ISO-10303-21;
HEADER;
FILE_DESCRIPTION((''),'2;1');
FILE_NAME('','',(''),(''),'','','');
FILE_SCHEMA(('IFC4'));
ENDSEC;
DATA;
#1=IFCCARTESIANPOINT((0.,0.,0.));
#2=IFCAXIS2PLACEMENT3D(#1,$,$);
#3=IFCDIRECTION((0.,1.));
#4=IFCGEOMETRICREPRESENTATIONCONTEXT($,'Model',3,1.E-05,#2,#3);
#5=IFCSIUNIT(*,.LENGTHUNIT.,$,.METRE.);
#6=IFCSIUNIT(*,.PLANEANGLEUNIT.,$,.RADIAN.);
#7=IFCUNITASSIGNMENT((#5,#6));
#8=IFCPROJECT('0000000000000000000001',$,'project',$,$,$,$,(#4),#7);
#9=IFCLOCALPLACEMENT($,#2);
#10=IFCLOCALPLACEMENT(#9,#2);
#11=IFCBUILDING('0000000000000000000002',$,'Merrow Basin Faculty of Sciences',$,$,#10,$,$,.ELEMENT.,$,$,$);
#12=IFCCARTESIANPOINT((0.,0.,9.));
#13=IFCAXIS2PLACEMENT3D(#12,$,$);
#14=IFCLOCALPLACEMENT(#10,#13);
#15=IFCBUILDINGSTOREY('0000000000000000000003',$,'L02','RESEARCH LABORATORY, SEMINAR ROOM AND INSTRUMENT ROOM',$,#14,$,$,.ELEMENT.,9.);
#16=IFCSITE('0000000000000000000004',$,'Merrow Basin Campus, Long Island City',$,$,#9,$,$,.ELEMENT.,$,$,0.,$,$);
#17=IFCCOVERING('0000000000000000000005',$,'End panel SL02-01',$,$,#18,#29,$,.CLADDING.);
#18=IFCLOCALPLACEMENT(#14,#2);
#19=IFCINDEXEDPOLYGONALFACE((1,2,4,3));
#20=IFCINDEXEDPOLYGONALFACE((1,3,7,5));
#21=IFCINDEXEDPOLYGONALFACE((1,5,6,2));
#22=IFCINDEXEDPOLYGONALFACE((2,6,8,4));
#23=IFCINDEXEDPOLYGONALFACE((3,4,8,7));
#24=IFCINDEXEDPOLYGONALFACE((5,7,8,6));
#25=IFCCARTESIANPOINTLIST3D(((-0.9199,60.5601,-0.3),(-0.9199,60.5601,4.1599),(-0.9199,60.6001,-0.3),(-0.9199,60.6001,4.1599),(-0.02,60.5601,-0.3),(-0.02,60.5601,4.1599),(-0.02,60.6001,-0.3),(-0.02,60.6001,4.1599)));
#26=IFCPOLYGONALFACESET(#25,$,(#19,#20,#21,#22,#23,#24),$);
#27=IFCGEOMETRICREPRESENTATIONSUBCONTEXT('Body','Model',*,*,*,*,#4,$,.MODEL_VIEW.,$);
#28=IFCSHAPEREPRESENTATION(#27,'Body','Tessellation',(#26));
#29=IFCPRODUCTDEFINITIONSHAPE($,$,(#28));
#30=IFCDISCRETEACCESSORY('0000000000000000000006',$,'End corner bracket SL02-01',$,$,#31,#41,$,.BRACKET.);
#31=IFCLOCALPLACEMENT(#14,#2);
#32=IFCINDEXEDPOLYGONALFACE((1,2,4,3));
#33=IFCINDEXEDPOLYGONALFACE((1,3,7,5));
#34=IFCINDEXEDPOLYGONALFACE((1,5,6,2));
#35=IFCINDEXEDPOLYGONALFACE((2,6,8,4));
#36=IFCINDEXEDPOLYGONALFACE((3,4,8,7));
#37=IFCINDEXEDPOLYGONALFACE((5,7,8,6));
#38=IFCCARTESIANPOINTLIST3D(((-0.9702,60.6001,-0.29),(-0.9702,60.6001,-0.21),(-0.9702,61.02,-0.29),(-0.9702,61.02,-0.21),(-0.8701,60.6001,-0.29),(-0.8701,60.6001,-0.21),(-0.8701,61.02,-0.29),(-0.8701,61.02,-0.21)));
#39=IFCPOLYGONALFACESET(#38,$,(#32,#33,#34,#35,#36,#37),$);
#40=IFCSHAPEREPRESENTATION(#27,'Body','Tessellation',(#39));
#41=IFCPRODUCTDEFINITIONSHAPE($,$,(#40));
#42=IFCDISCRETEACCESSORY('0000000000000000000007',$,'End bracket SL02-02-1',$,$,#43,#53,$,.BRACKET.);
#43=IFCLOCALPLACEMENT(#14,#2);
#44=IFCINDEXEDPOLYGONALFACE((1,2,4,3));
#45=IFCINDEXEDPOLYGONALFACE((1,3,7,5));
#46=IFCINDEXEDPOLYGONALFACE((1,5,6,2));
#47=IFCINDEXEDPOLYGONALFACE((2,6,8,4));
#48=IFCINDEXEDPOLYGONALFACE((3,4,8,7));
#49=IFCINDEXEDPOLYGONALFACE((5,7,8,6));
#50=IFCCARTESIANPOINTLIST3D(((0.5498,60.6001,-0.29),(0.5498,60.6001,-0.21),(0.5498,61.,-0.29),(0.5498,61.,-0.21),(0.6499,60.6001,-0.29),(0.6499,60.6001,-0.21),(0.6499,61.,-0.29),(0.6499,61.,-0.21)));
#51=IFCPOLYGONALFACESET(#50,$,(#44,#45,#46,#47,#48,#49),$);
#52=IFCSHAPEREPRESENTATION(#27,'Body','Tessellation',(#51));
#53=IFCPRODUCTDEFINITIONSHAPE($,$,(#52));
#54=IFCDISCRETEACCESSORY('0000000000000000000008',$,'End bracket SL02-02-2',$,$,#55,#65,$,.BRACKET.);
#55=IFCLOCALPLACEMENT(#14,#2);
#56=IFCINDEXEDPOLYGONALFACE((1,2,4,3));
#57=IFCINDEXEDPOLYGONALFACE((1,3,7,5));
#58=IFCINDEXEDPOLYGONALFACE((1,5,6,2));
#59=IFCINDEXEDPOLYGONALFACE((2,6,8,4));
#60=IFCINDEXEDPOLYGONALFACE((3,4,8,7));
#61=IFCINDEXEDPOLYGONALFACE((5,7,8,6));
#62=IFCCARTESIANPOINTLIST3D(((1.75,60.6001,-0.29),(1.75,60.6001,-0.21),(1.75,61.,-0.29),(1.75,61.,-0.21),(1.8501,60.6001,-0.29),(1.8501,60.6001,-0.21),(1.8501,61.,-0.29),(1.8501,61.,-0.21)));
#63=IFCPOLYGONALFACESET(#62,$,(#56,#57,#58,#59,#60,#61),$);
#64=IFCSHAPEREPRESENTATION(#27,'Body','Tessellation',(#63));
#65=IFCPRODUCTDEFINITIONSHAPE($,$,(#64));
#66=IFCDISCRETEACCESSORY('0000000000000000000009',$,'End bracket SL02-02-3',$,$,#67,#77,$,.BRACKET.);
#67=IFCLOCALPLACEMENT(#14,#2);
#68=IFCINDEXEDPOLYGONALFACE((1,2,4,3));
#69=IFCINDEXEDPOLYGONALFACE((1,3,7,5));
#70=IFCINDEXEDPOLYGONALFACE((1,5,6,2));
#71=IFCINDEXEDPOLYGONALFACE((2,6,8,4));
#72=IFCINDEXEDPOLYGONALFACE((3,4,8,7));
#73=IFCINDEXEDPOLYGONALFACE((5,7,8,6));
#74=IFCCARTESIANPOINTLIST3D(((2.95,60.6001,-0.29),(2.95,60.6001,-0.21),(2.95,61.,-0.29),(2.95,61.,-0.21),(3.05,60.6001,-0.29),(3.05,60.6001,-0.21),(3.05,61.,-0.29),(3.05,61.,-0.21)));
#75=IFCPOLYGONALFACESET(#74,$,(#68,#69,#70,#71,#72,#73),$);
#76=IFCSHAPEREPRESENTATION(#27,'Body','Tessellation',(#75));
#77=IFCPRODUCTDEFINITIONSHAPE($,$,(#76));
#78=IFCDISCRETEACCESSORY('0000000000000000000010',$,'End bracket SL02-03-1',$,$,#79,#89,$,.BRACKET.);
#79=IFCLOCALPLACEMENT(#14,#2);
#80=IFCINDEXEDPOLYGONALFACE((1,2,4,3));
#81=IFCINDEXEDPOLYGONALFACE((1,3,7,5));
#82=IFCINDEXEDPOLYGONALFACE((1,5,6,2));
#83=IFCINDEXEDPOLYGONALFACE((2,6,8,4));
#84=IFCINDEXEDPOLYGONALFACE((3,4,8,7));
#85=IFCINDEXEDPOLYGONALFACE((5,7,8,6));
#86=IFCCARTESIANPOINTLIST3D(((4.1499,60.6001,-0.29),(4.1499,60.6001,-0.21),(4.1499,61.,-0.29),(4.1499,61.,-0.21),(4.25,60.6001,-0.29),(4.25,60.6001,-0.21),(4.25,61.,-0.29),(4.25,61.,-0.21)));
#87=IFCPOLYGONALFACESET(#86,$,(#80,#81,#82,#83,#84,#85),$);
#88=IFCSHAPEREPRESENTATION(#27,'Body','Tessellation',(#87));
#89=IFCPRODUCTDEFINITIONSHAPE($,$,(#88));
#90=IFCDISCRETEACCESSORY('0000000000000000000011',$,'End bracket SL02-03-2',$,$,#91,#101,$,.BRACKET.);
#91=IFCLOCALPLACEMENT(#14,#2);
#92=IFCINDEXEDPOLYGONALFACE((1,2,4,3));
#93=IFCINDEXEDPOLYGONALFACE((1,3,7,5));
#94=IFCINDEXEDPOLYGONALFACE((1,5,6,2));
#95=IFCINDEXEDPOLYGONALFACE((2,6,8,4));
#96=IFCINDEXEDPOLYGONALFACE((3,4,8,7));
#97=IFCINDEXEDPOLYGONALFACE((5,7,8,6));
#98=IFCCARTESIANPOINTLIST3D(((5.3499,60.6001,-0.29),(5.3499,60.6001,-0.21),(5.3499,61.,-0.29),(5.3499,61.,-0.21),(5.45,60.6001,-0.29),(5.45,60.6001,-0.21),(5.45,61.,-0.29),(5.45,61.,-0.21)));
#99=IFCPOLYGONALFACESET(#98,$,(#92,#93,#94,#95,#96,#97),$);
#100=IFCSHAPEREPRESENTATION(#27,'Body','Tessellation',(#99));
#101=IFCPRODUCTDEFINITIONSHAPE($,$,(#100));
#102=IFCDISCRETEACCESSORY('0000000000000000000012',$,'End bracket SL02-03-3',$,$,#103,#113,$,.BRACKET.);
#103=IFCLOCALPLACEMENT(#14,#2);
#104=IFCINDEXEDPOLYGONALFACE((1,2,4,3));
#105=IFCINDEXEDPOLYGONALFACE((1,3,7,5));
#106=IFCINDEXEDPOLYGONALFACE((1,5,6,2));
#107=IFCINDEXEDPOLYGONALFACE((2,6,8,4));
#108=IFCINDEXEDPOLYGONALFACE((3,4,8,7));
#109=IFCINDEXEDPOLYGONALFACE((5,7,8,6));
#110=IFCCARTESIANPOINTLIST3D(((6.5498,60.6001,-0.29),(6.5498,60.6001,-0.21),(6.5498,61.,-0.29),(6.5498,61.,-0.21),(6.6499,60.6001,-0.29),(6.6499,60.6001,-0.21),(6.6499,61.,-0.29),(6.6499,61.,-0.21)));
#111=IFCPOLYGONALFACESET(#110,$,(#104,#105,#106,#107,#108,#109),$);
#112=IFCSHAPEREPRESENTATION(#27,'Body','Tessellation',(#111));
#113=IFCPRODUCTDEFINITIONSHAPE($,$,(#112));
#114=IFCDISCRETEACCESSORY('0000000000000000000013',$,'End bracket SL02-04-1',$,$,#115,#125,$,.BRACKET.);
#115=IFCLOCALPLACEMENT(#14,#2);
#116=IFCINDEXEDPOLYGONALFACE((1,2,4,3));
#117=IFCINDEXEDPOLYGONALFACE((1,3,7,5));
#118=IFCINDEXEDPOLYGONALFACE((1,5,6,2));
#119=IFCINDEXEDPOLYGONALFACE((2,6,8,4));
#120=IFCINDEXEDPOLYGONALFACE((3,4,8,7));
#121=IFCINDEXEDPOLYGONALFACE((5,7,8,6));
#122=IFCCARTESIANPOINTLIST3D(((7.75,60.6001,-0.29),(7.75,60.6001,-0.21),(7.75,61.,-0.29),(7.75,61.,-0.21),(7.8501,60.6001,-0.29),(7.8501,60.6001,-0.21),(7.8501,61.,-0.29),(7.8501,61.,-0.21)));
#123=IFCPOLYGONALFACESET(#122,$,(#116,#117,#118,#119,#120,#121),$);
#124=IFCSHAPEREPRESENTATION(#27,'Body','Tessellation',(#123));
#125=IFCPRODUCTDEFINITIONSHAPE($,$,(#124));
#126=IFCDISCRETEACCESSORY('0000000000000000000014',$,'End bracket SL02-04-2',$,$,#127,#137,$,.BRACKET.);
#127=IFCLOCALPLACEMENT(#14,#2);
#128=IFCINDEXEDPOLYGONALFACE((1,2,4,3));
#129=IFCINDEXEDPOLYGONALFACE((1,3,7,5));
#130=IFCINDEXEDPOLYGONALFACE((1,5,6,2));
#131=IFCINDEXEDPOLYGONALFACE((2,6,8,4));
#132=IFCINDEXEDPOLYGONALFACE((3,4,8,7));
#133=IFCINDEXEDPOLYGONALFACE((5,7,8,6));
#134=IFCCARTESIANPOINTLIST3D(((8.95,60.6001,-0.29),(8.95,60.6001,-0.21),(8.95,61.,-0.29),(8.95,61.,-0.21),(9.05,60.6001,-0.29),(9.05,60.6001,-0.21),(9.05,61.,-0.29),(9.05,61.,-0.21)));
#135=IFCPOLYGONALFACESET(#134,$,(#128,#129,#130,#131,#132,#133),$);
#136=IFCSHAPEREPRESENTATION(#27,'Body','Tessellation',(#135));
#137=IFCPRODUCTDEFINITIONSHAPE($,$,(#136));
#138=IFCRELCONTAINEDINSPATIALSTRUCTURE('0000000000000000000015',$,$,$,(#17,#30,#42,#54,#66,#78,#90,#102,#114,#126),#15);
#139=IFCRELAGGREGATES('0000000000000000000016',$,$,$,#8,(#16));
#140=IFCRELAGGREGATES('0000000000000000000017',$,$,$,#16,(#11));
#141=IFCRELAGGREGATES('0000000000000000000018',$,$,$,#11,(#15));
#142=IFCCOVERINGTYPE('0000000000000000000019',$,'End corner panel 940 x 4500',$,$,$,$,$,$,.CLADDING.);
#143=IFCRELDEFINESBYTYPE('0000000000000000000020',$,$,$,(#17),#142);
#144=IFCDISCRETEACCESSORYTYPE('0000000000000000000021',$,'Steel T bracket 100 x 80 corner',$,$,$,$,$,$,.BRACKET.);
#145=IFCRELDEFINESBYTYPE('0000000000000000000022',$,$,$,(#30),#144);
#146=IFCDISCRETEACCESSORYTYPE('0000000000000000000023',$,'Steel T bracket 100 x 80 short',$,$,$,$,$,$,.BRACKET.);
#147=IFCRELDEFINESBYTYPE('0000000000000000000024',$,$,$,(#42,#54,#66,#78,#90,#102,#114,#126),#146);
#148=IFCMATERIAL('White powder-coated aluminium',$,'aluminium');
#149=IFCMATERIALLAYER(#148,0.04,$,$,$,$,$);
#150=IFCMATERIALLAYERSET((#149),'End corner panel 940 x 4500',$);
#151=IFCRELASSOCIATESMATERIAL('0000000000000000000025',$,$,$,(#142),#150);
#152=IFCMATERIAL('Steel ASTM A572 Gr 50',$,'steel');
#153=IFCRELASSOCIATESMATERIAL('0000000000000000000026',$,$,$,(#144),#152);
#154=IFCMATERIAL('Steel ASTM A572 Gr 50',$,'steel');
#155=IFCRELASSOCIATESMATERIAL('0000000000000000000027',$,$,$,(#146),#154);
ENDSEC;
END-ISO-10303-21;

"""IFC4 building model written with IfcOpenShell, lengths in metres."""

from ifc_helpers import new_model, si_unit, direction, frame, origin, place, context, subcontext, project, spatial, polyline, outline, extrude, source, transform, mapped, material, layer, layer_set, type_object, element, save


model = new_model("IFC4")

# Units and contexts
model_context = context("Model", 3, precision=1e-05, world=origin(), true_north=direction((0.0, 1.0)))
body_context = subcontext(model_context, "Body", "Model", "MODEL_VIEW")
ifc_project = project(units=[si_unit("LENGTHUNIT", "METRE"), si_unit("PLANEANGLEUNIT", "RADIAN")], contexts=[model_context])

# Site, building, storey
site_placement = place(None, origin())
site = spatial("IfcSite", under=ifc_project, at=site_placement, Name="Merrow Basin Campus, Long Island City", CompositionType="ELEMENT", RefElevation=0.0)
building_placement = place(site_placement, origin())
building = spatial("IfcBuilding", under=site, at=building_placement, Name="Merrow Basin Faculty of Sciences", CompositionType="ELEMENT")
storey_placement = place(building_placement, frame((0.0, 0.0, 9.0)))
storey = spatial("IfcBuildingStorey", under=building, at=storey_placement, Name="L02", Description="RESEARCH LABORATORY, SEMINAR ROOM AND INSTRUMENT ROOM", CompositionType="ELEMENT", Elevation=9.0)

# Covering
ifc_material_1 = material(Name="White powder-coated aluminium", Category="aluminium")
ifc_layer_1 = layer(ifc_material_1, 0.04)
ifc_layer_set_1 = layer_set([ifc_layer_1], Name="End corner panel 940 x 4500")
covering_type_1 = type_object("IfcCoveringType", Name="End corner panel 940 x 4500", PredefinedType="CLADDING", material=ifc_layer_set_1)
shared_shape_1 = source(origin(), body_context, "Body", "SweptSolid", [
    extrude(outline(polyline([(0.02, 0.02), (0.9199, 0.02), (0.9199, 4.48), (0.02, 4.48), (0.02, 0.02)])), origin(), (0.0, 0.0, 1.0), 0.04),
])
covering_1_placement = place(storey_placement, frame((0.0, 60.5601, -0.3201), z_axis=(0.0, 1.0, 0.0), x_axis=(-1.0, 0.0, 0.0)))
element("IfcCovering", 1, at=covering_1_placement, inside=storey, type_object=covering_type_1, Name="End panel SL02-01", PredefinedType="CLADDING", context=body_context, shape_type="MappedRepresentation", body=[
    mapped(shared_shape_1, transform((0.0, 0.0, 0.0), scale=1.0)),
])

# Discrete accessories
ifc_material_2 = material(Name="Steel ASTM A572 Gr 50", Category="steel")
discrete_accessory_type_1 = type_object("IfcDiscreteAccessoryType", Name="Steel T bracket 100 x 80 corner", PredefinedType="BRACKET", material=ifc_material_2)
shared_shape_2 = source(origin(), body_context, "Body", "SweptSolid", [
    extrude(outline(polyline([(0.0, 0.0), (0.1001, 0.0), (0.1001, 0.0801), (0.0, 0.0801), (0.0, 0.0)])), origin(), (0.0, 0.0, 1.0), 0.4199),
])
discrete_accessory_placement = place(storey_placement, frame((-0.8701, 60.6001, -0.29), z_axis=(0.0, 1.0, 0.0), x_axis=(-1.0, 0.0, 0.0)))
element("IfcDiscreteAccessory", 2, at=discrete_accessory_placement, inside=storey, type_object=discrete_accessory_type_1, Name="End corner bracket SL02-01", PredefinedType="BRACKET", context=body_context, shape_type="MappedRepresentation", body=[
    mapped(shared_shape_2, transform((0.0, 0.0, 0.0), scale=1.0)),
])
ifc_material_3 = material(Name="Steel ASTM A572 Gr 50", Category="steel")
discrete_accessory_type_2 = type_object("IfcDiscreteAccessoryType", Name="Steel T bracket 100 x 80 short", PredefinedType="BRACKET", material=ifc_material_3)
shared_shape_3 = source(origin(), body_context, "Body", "SweptSolid", [
    extrude(outline(polyline([(0.0, 0.0), (0.1001, 0.0), (0.1001, 0.0801), (0.0, 0.0801), (0.0, 0.0)])), origin(), (0.0, 0.0, 1.0), 0.3999),
])
for number, where, z_axis, x_axis, name in (
    (3, (0.6499, 60.6001, -0.29), (0.0, 1.0, 0.0), (-1.0, 0.0, 0.0), "End bracket SL02-02-1"),
    (4, (1.8501, 60.6001, -0.29), (0.0, 1.0, 0.0), (-1.0, 0.0, 0.0), "End bracket SL02-02-2"),
    (5, (3.05, 60.6001, -0.29), (0.0, 1.0, 0.0), (-1.0, 0.0, 0.0), "End bracket SL02-02-3"),
    (6, (4.25, 60.6001, -0.29), (0.0, 1.0, 0.0), (-1.0, 0.0, 0.0), "End bracket SL02-03-1"),
    (7, (5.45, 60.6001, -0.29), (0.0, 1.0, 0.0), (-1.0, 0.0, 0.0), "End bracket SL02-03-2"),
    (8, (6.6499, 60.6001, -0.29), (0.0, 1.0, 0.0), (-1.0, 0.0, 0.0), "End bracket SL02-03-3"),
    (9, (7.8501, 60.6001, -0.29), (0.0, 1.0, 0.0), (-1.0, 0.0, 0.0), "End bracket SL02-04-1"),
    (10, (9.05, 60.6001, -0.29), (0.0, 1.0, 0.0), (-1.0, 0.0, 0.0), "End bracket SL02-04-2"),
):
    element("IfcDiscreteAccessory", number, at=place(storey_placement, frame(where, z_axis=z_axis, x_axis=x_axis)), inside=storey, type_object=discrete_accessory_type_2, Name=name, PredefinedType="BRACKET", context=body_context, shape_type="MappedRepresentation", body=[
        mapped(shared_shape_3, transform((0.0, 0.0, 0.0), scale=1.0)),
    ])

save(model, "model.ifc")
